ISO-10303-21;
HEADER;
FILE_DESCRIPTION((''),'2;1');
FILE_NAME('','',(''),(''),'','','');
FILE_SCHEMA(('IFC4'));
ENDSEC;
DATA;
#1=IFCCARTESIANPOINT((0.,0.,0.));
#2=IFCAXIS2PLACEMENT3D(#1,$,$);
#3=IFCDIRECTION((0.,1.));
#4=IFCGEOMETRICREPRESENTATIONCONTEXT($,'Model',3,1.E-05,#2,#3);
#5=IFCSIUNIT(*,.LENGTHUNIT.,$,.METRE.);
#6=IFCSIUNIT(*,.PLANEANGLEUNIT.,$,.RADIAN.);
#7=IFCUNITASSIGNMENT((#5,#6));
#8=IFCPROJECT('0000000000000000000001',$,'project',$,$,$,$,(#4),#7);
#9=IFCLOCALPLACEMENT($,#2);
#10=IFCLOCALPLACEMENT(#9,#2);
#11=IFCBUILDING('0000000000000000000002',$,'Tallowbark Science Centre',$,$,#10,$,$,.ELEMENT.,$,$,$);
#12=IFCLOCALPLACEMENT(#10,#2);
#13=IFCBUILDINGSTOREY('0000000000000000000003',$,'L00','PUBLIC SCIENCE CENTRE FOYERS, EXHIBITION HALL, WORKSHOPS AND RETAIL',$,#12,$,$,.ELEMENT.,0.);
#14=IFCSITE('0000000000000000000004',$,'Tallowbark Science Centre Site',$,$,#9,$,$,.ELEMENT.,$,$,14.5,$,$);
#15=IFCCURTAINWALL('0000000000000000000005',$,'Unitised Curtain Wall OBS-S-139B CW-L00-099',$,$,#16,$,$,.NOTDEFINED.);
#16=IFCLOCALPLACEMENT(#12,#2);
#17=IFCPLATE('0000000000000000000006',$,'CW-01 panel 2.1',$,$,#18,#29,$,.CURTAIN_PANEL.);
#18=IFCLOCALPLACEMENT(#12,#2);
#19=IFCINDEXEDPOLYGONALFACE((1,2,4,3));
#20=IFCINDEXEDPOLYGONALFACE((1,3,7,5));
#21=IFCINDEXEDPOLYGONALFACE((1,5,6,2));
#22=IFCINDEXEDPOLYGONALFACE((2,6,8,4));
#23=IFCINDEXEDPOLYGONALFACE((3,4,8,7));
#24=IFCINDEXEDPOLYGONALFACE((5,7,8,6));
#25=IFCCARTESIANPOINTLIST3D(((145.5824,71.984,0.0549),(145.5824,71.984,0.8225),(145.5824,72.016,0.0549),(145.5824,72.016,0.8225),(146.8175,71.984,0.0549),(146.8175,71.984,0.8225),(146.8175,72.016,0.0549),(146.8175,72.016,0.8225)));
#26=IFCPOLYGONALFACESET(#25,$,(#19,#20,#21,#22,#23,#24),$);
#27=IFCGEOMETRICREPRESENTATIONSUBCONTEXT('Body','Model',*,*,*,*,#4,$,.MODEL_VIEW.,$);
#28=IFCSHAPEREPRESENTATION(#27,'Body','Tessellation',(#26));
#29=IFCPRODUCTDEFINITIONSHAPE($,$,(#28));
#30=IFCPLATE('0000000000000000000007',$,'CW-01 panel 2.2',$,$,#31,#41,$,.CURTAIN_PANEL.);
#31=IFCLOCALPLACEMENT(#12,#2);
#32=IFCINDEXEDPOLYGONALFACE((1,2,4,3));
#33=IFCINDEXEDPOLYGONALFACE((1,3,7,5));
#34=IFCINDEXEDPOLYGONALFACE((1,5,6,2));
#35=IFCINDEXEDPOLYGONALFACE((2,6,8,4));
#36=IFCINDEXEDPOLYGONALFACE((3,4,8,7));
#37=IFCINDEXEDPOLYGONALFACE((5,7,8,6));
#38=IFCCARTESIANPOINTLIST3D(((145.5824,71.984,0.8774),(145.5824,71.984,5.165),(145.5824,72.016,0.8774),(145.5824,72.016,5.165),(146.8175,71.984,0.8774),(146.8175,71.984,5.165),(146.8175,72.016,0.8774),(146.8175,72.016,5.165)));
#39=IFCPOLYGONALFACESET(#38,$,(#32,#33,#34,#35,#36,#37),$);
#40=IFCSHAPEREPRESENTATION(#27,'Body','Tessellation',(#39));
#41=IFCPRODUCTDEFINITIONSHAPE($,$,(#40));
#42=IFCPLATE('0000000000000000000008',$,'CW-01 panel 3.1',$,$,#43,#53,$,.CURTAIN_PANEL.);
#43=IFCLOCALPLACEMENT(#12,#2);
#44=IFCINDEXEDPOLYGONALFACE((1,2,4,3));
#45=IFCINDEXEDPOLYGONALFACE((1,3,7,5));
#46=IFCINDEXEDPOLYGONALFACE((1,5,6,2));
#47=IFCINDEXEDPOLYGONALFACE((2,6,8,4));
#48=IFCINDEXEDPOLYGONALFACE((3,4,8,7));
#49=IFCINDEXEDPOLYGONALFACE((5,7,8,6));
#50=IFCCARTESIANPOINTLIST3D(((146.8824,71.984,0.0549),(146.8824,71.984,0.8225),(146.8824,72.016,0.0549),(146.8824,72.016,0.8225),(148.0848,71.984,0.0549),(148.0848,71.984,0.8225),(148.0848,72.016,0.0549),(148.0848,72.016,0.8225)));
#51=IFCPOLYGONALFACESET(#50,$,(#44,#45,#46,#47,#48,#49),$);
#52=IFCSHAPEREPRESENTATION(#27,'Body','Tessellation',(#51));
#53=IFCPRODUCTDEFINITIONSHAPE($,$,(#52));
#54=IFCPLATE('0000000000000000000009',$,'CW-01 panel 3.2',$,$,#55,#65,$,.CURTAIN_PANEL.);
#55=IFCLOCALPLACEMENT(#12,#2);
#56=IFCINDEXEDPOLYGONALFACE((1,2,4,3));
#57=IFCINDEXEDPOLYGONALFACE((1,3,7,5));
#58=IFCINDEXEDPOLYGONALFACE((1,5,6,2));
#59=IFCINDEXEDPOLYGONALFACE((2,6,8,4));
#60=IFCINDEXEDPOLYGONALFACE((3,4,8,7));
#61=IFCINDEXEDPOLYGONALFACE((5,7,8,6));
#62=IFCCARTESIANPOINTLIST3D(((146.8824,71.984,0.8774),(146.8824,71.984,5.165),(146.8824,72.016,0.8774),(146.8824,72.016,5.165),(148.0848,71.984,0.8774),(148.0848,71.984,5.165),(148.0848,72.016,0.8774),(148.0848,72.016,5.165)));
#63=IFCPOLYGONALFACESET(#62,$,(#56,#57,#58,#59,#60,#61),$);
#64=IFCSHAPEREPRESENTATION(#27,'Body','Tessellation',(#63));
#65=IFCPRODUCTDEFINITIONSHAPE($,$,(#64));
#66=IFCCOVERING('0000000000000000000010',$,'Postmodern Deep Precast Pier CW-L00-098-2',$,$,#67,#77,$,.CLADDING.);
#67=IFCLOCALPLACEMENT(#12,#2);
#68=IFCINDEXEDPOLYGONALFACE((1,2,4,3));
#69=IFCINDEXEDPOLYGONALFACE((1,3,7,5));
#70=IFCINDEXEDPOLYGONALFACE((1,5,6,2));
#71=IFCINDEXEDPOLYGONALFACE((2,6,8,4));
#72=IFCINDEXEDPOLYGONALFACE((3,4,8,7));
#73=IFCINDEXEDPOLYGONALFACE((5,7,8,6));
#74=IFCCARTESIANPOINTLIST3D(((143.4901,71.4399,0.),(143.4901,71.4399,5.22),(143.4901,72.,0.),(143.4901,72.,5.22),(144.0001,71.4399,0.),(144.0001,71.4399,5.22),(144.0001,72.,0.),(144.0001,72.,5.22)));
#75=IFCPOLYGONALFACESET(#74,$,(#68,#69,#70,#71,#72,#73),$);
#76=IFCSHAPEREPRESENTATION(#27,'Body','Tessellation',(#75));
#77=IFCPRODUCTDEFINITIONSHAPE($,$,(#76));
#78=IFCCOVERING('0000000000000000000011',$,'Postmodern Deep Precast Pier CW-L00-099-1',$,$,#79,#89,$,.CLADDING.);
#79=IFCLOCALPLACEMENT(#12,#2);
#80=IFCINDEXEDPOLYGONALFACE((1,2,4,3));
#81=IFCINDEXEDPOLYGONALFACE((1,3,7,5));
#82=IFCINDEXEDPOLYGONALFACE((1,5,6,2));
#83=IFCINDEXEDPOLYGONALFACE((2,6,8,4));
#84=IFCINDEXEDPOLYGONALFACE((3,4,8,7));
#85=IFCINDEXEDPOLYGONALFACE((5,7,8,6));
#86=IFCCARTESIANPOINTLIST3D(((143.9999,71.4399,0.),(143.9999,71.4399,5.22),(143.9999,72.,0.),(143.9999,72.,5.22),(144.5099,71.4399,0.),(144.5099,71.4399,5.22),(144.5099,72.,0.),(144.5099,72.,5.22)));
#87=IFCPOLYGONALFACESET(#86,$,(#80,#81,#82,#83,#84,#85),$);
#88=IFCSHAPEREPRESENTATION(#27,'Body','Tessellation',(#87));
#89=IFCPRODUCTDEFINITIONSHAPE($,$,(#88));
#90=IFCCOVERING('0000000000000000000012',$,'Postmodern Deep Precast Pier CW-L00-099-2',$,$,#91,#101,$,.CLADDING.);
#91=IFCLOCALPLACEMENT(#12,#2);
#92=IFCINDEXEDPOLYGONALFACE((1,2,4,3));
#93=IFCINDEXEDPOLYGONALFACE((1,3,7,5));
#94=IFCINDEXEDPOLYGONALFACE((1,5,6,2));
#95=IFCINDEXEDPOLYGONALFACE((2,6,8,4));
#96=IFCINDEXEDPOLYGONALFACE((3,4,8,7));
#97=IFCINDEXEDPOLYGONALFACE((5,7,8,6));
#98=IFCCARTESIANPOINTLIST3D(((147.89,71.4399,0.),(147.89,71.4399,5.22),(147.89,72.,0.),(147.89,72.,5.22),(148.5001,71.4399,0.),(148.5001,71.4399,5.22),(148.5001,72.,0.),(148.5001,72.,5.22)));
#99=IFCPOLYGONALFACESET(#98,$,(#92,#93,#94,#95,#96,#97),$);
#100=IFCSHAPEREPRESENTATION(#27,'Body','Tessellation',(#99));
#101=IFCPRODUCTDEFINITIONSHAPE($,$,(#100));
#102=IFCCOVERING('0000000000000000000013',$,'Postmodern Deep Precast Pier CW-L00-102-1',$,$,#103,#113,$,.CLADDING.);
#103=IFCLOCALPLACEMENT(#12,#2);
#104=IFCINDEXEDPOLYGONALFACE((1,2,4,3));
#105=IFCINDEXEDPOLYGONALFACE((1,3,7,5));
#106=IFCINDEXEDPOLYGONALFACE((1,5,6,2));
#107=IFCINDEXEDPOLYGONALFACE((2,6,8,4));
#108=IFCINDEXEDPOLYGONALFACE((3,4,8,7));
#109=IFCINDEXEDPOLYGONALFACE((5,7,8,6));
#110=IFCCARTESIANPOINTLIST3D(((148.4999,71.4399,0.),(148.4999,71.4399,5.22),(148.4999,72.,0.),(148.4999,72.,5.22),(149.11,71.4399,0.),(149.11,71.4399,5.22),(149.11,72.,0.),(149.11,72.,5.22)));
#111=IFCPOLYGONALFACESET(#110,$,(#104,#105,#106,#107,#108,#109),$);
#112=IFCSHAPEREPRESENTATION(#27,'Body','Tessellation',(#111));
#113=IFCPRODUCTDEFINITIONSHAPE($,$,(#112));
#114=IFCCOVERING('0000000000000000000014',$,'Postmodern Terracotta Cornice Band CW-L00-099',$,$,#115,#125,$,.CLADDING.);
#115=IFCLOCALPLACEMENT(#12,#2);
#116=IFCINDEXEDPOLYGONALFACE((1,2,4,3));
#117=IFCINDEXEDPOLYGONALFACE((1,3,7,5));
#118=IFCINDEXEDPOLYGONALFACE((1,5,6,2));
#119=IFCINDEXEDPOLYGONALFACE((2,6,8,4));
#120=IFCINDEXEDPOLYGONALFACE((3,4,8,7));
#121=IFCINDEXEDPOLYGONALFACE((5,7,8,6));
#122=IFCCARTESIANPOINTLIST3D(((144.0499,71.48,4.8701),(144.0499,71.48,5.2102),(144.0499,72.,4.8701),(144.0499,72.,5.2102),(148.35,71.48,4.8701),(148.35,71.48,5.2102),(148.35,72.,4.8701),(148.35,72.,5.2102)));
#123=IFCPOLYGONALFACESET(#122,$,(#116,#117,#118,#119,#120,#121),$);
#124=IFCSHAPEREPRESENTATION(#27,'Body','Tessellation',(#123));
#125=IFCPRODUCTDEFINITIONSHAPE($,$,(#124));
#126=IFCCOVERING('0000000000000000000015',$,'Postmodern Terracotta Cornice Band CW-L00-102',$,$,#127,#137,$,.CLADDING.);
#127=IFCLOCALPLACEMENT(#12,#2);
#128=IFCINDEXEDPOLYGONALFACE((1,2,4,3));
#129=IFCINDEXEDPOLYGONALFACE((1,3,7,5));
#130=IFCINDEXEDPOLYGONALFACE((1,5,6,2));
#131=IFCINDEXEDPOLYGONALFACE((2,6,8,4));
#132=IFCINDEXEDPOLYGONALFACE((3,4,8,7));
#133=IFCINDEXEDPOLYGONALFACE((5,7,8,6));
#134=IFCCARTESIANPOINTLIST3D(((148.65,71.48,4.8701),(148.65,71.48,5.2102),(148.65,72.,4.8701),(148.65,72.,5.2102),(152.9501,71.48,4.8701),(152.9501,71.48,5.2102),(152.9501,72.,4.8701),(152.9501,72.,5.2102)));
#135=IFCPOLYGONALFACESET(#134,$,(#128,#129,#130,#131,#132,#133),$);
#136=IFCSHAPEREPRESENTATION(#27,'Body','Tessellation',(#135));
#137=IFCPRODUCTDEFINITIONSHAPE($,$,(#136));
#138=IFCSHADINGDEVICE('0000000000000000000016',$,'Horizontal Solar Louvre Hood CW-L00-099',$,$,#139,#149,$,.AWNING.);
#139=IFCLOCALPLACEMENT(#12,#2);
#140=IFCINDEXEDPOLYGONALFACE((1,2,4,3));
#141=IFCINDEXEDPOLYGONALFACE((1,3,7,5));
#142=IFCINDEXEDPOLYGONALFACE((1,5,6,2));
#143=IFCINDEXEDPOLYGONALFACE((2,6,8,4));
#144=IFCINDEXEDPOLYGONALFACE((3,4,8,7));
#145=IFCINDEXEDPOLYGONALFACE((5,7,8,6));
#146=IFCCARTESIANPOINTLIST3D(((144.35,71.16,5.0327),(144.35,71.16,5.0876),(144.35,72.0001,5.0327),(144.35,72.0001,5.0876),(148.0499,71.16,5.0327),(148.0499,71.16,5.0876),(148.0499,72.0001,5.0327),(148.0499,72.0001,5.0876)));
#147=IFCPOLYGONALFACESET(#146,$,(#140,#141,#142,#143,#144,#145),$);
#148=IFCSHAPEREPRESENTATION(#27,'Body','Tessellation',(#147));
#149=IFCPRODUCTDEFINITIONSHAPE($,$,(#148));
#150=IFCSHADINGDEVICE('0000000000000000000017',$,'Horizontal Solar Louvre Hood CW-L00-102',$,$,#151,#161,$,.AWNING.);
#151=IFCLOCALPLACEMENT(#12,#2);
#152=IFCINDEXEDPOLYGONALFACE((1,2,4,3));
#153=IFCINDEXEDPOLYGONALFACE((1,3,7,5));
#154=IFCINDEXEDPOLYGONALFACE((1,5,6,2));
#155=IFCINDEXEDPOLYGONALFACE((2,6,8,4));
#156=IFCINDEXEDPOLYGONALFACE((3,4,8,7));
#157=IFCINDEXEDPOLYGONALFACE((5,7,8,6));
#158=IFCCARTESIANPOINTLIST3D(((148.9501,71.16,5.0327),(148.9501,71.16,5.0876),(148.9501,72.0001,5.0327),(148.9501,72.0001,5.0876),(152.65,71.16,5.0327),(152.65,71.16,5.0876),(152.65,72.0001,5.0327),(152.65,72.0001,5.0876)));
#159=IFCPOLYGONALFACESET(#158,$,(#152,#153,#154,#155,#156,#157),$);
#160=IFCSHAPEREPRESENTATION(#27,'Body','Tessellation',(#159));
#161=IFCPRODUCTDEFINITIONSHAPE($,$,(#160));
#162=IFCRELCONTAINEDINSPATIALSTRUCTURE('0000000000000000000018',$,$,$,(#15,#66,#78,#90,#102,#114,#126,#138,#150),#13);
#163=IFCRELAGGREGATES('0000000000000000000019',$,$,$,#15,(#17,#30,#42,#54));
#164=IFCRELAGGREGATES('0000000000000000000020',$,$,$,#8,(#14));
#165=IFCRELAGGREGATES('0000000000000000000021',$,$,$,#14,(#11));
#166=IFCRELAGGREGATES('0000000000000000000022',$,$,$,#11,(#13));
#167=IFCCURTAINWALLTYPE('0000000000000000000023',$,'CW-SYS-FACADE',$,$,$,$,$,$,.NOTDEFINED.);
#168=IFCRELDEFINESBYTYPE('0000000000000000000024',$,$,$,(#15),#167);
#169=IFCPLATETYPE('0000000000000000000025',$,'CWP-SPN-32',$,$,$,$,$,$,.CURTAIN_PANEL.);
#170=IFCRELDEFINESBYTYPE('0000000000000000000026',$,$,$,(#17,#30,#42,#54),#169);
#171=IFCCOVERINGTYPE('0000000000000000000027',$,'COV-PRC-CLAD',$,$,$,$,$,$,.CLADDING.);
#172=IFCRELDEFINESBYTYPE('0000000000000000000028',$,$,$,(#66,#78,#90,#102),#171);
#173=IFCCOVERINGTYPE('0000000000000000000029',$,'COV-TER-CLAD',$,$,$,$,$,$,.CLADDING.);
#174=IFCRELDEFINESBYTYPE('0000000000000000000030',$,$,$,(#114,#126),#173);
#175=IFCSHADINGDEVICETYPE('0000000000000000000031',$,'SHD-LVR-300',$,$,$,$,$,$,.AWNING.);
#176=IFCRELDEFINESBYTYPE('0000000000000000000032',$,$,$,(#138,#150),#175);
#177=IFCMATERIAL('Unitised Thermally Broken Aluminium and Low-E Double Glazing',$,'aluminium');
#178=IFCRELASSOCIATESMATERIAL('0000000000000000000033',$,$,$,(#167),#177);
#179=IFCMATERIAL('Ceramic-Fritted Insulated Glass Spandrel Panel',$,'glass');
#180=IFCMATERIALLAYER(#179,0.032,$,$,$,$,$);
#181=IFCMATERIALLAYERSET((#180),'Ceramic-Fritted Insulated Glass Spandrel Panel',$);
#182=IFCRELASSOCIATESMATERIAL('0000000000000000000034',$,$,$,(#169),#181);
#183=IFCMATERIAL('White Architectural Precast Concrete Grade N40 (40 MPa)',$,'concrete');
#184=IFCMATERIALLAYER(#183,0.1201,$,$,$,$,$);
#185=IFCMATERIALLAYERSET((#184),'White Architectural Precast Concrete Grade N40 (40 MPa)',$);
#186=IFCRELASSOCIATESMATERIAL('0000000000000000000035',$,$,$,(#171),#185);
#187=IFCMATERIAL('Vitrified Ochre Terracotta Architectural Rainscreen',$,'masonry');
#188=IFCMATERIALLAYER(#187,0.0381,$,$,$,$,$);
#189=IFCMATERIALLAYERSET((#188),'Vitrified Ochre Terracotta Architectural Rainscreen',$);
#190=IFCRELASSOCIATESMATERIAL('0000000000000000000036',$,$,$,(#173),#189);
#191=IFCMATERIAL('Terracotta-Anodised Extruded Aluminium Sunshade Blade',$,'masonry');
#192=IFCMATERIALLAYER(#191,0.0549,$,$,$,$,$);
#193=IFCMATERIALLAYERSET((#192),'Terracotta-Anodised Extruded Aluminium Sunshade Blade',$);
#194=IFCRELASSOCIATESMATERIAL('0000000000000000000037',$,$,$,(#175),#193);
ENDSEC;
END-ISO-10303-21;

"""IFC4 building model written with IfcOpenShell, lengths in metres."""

from ifc_helpers import new_model, si_unit, direction, frame, origin, origin_2d, place, context, subcontext, project, spatial, rectangle, extrude, material, layer, layer_set, type_object, element, aggregate, save


model = new_model("IFC4")

# Units and contexts
model_context = context("Model", 3, precision=1e-05, world=origin(), true_north=direction((0.0, 1.0)))
body_context = subcontext(model_context, "Body", "Model", "MODEL_VIEW")
ifc_project = project(units=[si_unit("LENGTHUNIT", "METRE"), si_unit("PLANEANGLEUNIT", "RADIAN")], contexts=[model_context])

# Site, building, storey
site_placement = place(None, origin())
site = spatial("IfcSite", under=ifc_project, at=site_placement, Name="Tallowbark Science Centre Site", CompositionType="ELEMENT", RefElevation=14.5)
building_placement = place(site_placement, origin())
building = spatial("IfcBuilding", under=site, at=building_placement, Name="Tallowbark Science Centre", CompositionType="ELEMENT")
storey_placement = place(building_placement, origin())
storey = spatial("IfcBuildingStorey", under=building, at=storey_placement, Name="L00", Description="PUBLIC SCIENCE CENTRE FOYERS, EXHIBITION HALL, WORKSHOPS AND RETAIL", CompositionType="ELEMENT", Elevation=0.0)

# Shared definitions
ifc_material_1 = material(Name="Unitised Thermally Broken Aluminium and Low-E Double Glazing", Category="aluminium")
curtain_wall_type = type_object("IfcCurtainWallType", Name="CW-SYS-FACADE", PredefinedType="NOTDEFINED", material=ifc_material_1)

# Curtain wall
curtain_wall_1_placement = place(storey_placement, origin())
curtain_wall_1 = element("IfcCurtainWall", 1, at=curtain_wall_1_placement, inside=storey, type_object=curtain_wall_type, Name="Unitised Curtain Wall OBS-S-139B CW-L00-099", PredefinedType="NOTDEFINED")

# Plates
ifc_material_2 = material(Name="Ceramic-Fritted Insulated Glass Spandrel Panel", Category="glass")
ifc_layer_1 = layer(ifc_material_2, 0.032)
ifc_layer_set_1 = layer_set([ifc_layer_1], Name="Ceramic-Fritted Insulated Glass Spandrel Panel")
plate_type = type_object("IfcPlateType", Name="CWP-SPN-32", PredefinedType="CURTAIN_PANEL", material=ifc_layer_set_1)
plate_1_placement = place(storey_placement, frame((146.2, 72.0, 0.0549), z_axis=(0.0, 0.0, 1.0), x_axis=(1.0, 0.0, 0.0)))
plate_1 = element("IfcPlate", 2, at=plate_1_placement, type_object=plate_type, Name="CW-01 panel 2.1", PredefinedType="CURTAIN_PANEL", context=body_context, shape_type="SweptSolid", body=[
    extrude(rectangle(XDim=1.2351, YDim=0.032, at=origin_2d()), origin(), (0.0, 0.0, 1.0), 0.7676),
])
plate_2_placement = place(storey_placement, frame((146.2, 72.0, 0.8774), z_axis=(0.0, 0.0, 1.0), x_axis=(1.0, 0.0, 0.0)))
plate_2 = element("IfcPlate", 3, at=plate_2_placement, type_object=plate_type, Name="CW-01 panel 2.2", PredefinedType="CURTAIN_PANEL", context=body_context, shape_type="SweptSolid", body=[
    extrude(rectangle(XDim=1.2351, YDim=0.032, at=origin_2d()), origin(), (0.0, 0.0, 1.0), 4.2876),
])
plate_3_placement = place(storey_placement, frame((147.4836, 72.0, 0.0549), z_axis=(0.0, 0.0, 1.0), x_axis=(1.0, 0.0, 0.0)))
plate_3 = element("IfcPlate", 4, at=plate_3_placement, type_object=plate_type, Name="CW-01 panel 3.1", PredefinedType="CURTAIN_PANEL", context=body_context, shape_type="SweptSolid", body=[
    extrude(rectangle(XDim=1.2024, YDim=0.032, at=origin_2d()), origin(), (0.0, 0.0, 1.0), 0.7676),
])
plate_4_placement = place(storey_placement, frame((147.4836, 72.0, 0.8774), z_axis=(0.0, 0.0, 1.0), x_axis=(1.0, 0.0, 0.0)))
plate_4 = element("IfcPlate", 5, at=plate_4_placement, type_object=plate_type, Name="CW-01 panel 3.2", PredefinedType="CURTAIN_PANEL", context=body_context, shape_type="SweptSolid", body=[
    extrude(rectangle(XDim=1.2024, YDim=0.032, at=origin_2d()), origin(), (0.0, 0.0, 1.0), 4.2876),
])
aggregate(curtain_wall_1, [plate_1, plate_2, plate_3, plate_4])

# Coverings
ifc_material_3 = material(Name="White Architectural Precast Concrete Grade N40 (40 MPa)", Category="concrete")
ifc_layer_2 = layer(ifc_material_3, 0.1201)
ifc_layer_set_2 = layer_set([ifc_layer_2], Name="White Architectural Precast Concrete Grade N40 (40 MPa)")
covering_type_1 = type_object("IfcCoveringType", Name="COV-PRC-CLAD", PredefinedType="CLADDING", material=ifc_layer_set_2)
for number, where, z_axis, x_axis, name in (
    (6, (143.7451, 71.72, 0.0), (0.0, 0.0, 1.0), (1.0, 0.0, 0.0), "Postmodern Deep Precast Pier CW-L00-098-2"),
    (7, (144.2549, 71.72, 0.0), (0.0, 0.0, 1.0), (1.0, 0.0, 0.0), "Postmodern Deep Precast Pier CW-L00-099-1"),
):
    element("IfcCovering", number, at=place(storey_placement, frame(where, z_axis=z_axis, x_axis=x_axis)), inside=storey, type_object=covering_type_1, Name=name, PredefinedType="CLADDING", context=body_context, shape_type="SweptSolid", body=[
        extrude(rectangle(XDim=0.51, YDim=0.5601, at=origin_2d()), origin(), (0.0, 0.0, 1.0), 5.22),
    ])
for number, where, z_axis, x_axis, name in (
    (8, (148.1951, 71.72, 0.0), (0.0, 0.0, 1.0), (1.0, 0.0, 0.0), "Postmodern Deep Precast Pier CW-L00-099-2"),
    (9, (148.8049, 71.72, 0.0), (0.0, 0.0, 1.0), (1.0, 0.0, 0.0), "Postmodern Deep Precast Pier CW-L00-102-1"),
):
    element("IfcCovering", number, at=place(storey_placement, frame(where, z_axis=z_axis, x_axis=x_axis)), inside=storey, type_object=covering_type_1, Name=name, PredefinedType="CLADDING", context=body_context, shape_type="SweptSolid", body=[
        extrude(rectangle(XDim=0.6101, YDim=0.5601, at=origin_2d()), origin(), (0.0, 0.0, 1.0), 5.22),
    ])
ifc_material_4 = material(Name="Vitrified Ochre Terracotta Architectural Rainscreen", Category="masonry")
ifc_layer_3 = layer(ifc_material_4, 0.0381)
ifc_layer_set_3 = layer_set([ifc_layer_3], Name="Vitrified Ochre Terracotta Architectural Rainscreen")
covering_type_2 = type_object("IfcCoveringType", Name="COV-TER-CLAD", PredefinedType="CLADDING", material=ifc_layer_set_3)
for number, where, z_axis, x_axis, name in (
    (10, (146.2, 71.74, 4.8701), (0.0, 0.0, 1.0), (1.0, 0.0, 0.0), "Postmodern Terracotta Cornice Band CW-L00-099"),
    (11, (150.8, 71.74, 4.8701), (0.0, 0.0, 1.0), (1.0, 0.0, 0.0), "Postmodern Terracotta Cornice Band CW-L00-102"),
):
    element("IfcCovering", number, at=place(storey_placement, frame(where, z_axis=z_axis, x_axis=x_axis)), inside=storey, type_object=covering_type_2, Name=name, PredefinedType="CLADDING", context=body_context, shape_type="SweptSolid", body=[
        extrude(rectangle(XDim=4.3, YDim=0.52, at=origin_2d()), origin(), (0.0, 0.0, 1.0), 0.3401),
    ])

# Shading devices
ifc_material_5 = material(Name="Terracotta-Anodised Extruded Aluminium Sunshade Blade", Category="masonry")
ifc_layer_4 = layer(ifc_material_5, 0.0549)
ifc_layer_set_4 = layer_set([ifc_layer_4], Name="Terracotta-Anodised Extruded Aluminium Sunshade Blade")
shading_device_type = type_object("IfcShadingDeviceType", Name="SHD-LVR-300", PredefinedType="AWNING", material=ifc_layer_set_4)
for number, where, z_axis, x_axis, name in (
    (12, (146.2, 71.5801, 5.0327), (0.0, 0.0, 1.0), (1.0, 0.0, 0.0), "Horizontal Solar Louvre Hood CW-L00-099"),
    (13, (150.8, 71.5801, 5.0327), (0.0, 0.0, 1.0), (1.0, 0.0, 0.0), "Horizontal Solar Louvre Hood CW-L00-102"),
):
    element("IfcShadingDevice", number, at=place(storey_placement, frame(where, z_axis=z_axis, x_axis=x_axis)), inside=storey, type_object=shading_device_type, Name=name, PredefinedType="AWNING", context=body_context, shape_type="SweptSolid", body=[
        extrude(rectangle(XDim=3.7, YDim=0.8401, at=origin_2d()), origin(), (0.0, 0.0, 1.0), 0.0549),
    ])

save(model, "model.ifc")
